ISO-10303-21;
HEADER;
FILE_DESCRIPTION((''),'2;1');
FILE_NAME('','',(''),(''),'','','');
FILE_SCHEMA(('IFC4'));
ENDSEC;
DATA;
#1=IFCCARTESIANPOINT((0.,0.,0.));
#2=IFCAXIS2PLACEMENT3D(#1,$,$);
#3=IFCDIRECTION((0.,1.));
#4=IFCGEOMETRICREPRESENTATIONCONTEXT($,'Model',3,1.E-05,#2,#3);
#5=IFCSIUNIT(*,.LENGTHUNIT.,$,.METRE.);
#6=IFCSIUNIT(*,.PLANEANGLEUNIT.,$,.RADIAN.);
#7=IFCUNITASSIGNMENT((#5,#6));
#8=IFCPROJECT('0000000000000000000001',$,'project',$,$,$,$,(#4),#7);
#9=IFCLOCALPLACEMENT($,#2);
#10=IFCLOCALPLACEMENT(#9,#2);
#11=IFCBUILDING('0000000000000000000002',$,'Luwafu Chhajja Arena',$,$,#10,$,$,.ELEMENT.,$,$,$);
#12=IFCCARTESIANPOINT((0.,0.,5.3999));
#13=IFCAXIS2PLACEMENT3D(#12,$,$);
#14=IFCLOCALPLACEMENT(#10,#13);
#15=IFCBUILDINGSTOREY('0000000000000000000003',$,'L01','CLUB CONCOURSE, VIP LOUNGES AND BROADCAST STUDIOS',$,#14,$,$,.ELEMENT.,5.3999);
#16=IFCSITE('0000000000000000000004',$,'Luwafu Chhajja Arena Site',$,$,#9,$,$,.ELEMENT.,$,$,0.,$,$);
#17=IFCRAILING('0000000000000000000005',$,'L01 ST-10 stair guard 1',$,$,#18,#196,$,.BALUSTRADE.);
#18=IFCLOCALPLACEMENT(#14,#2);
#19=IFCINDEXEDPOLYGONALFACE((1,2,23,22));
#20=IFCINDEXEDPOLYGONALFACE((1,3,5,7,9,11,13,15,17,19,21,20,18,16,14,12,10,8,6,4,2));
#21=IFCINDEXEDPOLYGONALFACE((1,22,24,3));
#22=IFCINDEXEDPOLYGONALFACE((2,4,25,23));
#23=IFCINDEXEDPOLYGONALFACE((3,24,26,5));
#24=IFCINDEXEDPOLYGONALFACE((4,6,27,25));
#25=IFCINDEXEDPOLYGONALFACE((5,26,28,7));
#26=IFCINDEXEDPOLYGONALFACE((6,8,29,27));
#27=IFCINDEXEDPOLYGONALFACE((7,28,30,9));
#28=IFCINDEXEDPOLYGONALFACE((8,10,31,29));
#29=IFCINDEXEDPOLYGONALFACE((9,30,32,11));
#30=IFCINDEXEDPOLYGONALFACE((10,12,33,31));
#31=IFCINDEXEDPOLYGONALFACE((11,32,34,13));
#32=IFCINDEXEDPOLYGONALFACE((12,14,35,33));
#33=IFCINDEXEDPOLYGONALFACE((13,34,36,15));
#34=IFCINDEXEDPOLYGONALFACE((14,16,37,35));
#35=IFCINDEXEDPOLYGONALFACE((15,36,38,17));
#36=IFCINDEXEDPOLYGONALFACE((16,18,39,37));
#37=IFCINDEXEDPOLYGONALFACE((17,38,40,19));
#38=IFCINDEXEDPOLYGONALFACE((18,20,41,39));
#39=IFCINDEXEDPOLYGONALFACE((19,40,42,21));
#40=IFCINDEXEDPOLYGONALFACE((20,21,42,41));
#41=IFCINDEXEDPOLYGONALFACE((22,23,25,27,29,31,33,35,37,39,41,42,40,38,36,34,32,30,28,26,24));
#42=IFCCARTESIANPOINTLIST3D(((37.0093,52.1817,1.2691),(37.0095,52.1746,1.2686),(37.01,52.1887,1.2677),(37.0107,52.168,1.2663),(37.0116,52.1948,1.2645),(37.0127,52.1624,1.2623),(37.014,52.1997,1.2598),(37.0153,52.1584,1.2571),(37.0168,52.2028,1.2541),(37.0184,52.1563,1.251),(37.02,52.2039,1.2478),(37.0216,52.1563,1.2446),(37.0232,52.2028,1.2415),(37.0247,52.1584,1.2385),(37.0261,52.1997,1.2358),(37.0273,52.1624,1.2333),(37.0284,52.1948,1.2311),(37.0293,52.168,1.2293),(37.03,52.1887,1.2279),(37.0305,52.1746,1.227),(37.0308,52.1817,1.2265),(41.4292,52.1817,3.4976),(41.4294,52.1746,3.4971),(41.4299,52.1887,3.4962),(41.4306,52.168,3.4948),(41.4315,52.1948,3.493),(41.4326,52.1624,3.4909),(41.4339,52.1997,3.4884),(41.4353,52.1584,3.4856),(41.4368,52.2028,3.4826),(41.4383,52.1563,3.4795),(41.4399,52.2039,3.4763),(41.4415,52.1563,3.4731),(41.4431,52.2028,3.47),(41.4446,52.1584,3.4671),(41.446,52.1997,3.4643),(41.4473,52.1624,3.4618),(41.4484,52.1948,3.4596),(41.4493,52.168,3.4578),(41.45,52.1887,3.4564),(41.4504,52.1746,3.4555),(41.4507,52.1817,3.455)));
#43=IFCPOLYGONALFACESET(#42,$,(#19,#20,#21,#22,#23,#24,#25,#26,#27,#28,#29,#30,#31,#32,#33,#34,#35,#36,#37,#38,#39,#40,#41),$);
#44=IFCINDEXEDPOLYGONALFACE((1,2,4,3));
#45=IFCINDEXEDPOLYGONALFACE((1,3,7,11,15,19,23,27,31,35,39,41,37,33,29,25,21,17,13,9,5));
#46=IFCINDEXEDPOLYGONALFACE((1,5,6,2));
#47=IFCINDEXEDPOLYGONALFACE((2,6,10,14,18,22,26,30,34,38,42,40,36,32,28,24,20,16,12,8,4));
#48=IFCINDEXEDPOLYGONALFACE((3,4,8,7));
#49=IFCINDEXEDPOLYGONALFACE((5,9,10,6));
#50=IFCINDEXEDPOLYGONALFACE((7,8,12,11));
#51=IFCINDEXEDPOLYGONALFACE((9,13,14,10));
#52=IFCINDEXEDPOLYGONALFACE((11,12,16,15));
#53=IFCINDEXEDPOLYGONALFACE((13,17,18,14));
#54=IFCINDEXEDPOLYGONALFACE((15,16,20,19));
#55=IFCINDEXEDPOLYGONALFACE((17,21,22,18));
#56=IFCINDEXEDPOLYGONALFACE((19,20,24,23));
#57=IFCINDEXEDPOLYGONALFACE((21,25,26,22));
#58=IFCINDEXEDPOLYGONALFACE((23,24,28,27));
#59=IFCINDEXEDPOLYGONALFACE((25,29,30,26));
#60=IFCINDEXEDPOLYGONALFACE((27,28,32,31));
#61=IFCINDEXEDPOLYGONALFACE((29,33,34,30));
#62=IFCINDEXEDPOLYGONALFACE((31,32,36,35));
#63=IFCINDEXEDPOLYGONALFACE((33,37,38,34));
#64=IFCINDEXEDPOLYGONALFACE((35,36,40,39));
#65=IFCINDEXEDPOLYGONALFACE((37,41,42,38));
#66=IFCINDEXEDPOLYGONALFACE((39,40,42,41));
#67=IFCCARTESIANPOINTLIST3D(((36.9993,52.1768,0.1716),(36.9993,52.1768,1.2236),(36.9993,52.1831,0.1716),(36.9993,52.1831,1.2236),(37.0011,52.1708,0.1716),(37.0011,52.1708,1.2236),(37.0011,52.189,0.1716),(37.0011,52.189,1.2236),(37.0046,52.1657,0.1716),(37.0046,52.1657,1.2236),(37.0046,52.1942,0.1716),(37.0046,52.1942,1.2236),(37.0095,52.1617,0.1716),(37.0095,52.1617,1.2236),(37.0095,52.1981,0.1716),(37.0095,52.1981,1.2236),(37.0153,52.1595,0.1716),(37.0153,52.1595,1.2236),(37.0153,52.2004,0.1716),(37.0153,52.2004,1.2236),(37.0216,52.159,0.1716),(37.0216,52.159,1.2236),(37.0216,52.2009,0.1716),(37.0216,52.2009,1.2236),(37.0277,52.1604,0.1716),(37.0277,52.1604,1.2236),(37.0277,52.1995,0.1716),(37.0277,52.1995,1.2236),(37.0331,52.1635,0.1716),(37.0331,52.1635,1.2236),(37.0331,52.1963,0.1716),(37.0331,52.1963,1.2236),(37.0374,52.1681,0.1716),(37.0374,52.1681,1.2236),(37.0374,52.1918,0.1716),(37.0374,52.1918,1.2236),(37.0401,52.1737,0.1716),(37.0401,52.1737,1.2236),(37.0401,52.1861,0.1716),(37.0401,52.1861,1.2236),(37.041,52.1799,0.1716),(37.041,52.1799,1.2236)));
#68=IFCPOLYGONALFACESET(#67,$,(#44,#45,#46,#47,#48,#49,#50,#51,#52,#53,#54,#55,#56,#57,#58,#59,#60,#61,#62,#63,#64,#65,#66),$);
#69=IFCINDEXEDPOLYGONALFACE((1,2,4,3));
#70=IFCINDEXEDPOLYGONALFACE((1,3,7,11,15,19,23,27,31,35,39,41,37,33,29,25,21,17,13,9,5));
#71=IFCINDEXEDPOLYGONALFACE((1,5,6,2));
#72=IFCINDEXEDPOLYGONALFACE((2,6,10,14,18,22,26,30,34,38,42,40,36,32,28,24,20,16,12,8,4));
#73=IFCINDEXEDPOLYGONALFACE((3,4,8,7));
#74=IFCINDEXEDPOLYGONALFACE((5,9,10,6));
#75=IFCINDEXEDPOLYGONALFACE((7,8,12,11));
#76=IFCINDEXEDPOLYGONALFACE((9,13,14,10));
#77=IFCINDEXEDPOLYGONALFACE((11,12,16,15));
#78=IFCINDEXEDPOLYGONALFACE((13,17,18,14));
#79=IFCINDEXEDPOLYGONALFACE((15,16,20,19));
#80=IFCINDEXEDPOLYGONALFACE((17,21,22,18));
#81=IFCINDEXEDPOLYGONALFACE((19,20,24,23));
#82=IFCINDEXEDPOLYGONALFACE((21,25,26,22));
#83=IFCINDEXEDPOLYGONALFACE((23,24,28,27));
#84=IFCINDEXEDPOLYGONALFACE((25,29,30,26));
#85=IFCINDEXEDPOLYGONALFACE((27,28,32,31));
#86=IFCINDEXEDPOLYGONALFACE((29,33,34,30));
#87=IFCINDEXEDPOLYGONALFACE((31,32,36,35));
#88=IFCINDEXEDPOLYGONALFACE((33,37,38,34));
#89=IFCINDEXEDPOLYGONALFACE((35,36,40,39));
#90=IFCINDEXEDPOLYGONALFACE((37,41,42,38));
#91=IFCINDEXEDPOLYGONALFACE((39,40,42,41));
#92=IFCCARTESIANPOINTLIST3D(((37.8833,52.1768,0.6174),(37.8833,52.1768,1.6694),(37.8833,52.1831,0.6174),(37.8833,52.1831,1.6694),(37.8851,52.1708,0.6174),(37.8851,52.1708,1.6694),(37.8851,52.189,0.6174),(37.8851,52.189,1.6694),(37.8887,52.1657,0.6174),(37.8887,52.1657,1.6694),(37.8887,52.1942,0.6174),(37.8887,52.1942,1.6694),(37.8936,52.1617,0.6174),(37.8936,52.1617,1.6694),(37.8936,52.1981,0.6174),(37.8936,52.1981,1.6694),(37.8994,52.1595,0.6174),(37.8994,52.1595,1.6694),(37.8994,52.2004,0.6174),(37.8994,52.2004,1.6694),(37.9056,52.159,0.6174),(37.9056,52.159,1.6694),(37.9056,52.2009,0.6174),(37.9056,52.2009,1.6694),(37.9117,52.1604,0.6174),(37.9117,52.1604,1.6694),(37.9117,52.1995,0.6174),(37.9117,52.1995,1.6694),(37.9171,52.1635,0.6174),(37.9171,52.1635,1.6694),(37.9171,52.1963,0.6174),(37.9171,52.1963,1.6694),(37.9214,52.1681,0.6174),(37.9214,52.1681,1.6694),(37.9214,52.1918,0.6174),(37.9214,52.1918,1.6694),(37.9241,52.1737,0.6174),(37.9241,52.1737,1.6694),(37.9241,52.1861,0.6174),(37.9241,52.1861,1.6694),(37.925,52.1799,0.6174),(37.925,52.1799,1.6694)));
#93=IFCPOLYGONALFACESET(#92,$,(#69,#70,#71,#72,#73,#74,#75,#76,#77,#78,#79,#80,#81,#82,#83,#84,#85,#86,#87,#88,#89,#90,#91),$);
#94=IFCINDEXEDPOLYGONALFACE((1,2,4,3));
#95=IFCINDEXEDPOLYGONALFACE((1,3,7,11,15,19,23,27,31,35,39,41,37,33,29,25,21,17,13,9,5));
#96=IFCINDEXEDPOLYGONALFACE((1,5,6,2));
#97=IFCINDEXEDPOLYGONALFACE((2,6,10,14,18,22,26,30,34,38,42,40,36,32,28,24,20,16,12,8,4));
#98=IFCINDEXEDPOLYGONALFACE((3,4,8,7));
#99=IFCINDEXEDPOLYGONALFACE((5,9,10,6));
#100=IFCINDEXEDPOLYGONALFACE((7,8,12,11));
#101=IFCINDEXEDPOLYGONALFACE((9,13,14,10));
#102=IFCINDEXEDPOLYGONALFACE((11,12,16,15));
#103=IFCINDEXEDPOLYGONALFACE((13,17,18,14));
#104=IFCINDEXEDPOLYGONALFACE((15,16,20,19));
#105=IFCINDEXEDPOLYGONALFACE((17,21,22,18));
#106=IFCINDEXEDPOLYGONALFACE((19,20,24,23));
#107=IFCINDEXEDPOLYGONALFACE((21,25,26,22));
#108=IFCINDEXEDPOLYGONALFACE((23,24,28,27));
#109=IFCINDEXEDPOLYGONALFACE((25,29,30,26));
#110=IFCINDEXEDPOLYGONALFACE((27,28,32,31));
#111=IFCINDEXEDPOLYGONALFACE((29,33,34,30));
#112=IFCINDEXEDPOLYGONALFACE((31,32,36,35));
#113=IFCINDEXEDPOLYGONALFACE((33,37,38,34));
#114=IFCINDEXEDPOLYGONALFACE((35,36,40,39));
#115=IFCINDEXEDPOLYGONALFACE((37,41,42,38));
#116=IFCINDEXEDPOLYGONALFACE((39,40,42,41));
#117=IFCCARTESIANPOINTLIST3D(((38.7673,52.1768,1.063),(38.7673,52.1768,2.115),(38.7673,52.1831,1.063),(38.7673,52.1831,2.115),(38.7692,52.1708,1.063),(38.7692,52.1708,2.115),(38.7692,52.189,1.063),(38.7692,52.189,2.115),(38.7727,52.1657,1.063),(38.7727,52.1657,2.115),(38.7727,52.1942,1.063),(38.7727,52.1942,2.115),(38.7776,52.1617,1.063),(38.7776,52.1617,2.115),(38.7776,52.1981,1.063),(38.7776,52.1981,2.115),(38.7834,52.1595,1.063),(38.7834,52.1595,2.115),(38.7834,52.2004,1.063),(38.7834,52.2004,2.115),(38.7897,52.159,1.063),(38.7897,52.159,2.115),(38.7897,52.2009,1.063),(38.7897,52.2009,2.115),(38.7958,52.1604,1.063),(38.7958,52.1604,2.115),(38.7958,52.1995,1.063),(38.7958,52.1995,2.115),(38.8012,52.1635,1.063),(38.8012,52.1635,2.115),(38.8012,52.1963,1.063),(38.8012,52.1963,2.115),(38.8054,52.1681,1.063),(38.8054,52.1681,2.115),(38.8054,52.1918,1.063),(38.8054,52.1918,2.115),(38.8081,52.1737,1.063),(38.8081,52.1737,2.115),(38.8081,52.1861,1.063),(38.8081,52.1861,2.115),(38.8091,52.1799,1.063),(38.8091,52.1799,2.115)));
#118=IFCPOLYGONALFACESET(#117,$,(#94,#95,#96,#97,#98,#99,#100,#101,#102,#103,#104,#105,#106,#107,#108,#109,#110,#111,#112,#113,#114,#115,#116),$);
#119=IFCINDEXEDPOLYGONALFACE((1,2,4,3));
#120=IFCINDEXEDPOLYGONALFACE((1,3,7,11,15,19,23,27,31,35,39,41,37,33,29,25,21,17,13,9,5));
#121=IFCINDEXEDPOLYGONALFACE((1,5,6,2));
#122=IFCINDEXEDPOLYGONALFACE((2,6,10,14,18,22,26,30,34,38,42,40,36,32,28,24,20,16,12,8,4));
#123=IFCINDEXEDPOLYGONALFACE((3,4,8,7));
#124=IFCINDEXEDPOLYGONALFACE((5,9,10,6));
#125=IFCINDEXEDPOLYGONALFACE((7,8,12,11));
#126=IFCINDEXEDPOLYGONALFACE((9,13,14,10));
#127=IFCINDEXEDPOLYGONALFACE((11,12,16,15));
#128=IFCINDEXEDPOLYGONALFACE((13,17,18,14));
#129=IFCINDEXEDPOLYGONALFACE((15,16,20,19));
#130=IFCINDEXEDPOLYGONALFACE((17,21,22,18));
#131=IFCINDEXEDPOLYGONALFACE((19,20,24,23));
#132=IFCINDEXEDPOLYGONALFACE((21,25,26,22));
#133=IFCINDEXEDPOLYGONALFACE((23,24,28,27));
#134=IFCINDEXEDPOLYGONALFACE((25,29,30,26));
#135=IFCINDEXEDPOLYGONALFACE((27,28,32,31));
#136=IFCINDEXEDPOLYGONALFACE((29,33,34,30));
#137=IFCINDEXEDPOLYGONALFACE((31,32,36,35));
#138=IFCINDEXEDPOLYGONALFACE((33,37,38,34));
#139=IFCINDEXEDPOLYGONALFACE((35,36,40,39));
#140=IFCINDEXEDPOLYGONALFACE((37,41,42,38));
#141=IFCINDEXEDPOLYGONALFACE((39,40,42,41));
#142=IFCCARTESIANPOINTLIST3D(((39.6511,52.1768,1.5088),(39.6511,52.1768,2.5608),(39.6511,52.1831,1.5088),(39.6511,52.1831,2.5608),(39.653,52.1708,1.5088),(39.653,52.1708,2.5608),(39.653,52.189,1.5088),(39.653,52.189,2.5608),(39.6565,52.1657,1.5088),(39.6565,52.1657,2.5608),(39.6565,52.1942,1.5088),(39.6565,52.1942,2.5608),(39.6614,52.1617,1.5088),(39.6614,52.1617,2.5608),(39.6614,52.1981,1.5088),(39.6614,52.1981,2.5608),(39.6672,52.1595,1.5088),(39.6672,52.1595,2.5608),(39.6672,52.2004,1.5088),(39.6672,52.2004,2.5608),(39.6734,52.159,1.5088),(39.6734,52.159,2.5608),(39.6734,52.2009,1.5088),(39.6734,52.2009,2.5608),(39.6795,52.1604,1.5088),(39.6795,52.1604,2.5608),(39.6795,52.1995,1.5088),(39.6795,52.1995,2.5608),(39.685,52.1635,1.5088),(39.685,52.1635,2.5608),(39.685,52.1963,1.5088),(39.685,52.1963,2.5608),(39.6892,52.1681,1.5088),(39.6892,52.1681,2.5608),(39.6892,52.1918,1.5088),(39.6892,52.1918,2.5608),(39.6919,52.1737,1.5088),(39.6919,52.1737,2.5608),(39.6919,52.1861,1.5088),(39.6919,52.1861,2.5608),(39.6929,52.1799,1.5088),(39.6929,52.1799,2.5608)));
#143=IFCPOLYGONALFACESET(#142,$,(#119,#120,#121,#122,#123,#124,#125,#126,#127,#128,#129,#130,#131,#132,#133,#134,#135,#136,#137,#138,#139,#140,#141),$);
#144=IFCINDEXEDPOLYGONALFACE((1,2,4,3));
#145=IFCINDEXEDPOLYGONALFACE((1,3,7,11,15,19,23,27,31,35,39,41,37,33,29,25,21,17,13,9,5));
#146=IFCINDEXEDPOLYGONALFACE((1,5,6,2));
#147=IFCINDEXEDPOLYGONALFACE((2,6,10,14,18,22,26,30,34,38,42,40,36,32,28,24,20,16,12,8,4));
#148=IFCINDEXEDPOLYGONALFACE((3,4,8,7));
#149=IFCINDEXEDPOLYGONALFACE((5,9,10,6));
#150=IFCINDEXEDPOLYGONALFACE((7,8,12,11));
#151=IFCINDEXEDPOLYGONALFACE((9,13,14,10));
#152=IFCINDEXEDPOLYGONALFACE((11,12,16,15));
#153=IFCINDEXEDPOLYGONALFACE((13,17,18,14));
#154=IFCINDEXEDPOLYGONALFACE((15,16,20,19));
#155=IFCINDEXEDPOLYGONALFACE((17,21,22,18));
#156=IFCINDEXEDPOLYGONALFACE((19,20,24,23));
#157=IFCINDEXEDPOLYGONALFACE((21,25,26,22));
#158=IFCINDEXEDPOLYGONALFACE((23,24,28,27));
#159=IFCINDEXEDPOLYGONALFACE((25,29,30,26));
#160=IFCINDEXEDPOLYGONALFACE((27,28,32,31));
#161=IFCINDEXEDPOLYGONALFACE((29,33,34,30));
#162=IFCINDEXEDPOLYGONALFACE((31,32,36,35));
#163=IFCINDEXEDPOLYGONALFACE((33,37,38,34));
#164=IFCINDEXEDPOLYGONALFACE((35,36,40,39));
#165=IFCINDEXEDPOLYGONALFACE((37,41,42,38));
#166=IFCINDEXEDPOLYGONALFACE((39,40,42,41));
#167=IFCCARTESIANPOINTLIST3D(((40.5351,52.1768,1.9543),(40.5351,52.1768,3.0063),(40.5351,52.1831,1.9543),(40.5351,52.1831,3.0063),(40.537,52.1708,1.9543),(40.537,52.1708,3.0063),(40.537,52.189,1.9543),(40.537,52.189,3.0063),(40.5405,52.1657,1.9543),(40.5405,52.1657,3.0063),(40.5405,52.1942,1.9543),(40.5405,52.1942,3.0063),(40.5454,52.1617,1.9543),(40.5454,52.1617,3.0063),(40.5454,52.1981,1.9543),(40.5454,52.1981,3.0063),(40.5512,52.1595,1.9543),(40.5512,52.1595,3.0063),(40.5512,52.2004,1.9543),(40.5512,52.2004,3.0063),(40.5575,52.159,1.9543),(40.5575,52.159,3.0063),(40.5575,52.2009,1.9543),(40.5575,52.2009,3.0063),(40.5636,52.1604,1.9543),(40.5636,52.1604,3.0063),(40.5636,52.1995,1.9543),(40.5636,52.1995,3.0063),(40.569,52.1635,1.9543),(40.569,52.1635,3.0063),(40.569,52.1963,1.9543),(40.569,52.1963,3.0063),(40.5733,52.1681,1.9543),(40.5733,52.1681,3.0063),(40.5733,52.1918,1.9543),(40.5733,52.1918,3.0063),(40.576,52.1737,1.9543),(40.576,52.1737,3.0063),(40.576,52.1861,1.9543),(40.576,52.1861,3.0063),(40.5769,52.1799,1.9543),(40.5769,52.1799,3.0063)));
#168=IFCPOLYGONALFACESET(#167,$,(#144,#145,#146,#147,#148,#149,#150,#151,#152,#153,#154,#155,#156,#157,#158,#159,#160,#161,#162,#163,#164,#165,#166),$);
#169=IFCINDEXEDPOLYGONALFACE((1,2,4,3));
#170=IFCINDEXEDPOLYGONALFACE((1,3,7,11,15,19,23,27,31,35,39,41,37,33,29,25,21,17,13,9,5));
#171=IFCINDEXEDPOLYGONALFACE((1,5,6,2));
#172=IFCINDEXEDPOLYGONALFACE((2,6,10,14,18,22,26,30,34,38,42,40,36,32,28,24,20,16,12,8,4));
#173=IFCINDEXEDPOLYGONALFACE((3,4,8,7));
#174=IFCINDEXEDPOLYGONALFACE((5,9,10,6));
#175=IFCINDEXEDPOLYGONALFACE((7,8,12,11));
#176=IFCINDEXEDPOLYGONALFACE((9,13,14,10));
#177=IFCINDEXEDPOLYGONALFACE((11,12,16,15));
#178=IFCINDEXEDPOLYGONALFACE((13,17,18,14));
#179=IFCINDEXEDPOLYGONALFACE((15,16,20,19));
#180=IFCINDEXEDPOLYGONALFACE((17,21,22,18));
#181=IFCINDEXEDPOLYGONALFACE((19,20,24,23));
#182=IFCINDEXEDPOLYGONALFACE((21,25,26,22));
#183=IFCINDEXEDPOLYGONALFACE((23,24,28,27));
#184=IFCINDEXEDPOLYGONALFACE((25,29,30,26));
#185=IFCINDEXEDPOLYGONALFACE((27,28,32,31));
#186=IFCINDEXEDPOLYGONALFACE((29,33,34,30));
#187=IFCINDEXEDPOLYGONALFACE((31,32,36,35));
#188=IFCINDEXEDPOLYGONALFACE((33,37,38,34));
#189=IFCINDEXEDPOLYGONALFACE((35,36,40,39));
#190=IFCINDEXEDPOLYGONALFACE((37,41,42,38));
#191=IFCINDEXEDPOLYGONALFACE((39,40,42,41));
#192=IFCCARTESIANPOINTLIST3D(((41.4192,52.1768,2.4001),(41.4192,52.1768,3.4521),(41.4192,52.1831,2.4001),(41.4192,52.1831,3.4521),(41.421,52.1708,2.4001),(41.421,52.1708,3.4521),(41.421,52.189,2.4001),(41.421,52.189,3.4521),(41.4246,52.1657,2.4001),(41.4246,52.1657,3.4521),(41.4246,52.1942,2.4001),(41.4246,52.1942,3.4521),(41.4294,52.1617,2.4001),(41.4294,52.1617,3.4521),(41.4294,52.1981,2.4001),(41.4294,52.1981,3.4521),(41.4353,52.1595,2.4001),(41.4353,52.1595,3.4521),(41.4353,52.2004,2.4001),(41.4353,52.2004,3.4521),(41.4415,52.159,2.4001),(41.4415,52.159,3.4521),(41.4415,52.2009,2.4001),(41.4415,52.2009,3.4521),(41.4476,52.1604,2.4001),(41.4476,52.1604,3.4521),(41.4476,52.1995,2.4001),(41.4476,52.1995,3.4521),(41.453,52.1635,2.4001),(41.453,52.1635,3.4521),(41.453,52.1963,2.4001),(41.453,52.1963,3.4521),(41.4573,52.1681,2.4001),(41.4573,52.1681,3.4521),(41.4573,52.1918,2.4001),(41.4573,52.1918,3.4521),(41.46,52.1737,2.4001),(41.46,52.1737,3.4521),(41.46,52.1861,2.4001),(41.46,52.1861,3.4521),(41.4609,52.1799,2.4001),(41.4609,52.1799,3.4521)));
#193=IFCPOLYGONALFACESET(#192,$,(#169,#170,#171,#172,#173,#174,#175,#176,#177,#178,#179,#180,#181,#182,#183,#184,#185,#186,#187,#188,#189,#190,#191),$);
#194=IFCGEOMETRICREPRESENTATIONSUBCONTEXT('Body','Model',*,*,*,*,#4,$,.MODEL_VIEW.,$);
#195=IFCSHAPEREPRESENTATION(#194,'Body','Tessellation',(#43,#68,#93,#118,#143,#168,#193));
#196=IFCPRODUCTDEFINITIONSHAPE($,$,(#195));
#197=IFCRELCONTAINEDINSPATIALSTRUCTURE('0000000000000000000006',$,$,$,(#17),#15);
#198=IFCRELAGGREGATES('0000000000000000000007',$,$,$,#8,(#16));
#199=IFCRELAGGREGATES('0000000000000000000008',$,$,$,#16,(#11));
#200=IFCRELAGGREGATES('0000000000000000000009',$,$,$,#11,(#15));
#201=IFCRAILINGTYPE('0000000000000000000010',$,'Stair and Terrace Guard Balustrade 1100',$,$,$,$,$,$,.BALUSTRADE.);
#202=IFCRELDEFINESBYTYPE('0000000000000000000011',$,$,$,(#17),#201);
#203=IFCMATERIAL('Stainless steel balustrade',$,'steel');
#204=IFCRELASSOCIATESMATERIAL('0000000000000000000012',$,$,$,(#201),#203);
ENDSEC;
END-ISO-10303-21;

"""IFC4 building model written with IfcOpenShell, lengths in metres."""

from ifc_helpers import new_model, si_unit, direction, frame, origin, origin_2d, place, context, subcontext, project, spatial, circle, extrude, material, type_object, element, save


model = new_model("IFC4")

# Units and contexts
model_context = context("Model", 3, precision=1e-05, world=origin(), true_north=direction((0.0, 1.0)))
body_context = subcontext(model_context, "Body", "Model", "MODEL_VIEW")
ifc_project = project(units=[si_unit("LENGTHUNIT", "METRE"), si_unit("PLANEANGLEUNIT", "RADIAN")], contexts=[model_context])

# Site, building, storey
site_placement = place(None, origin())
site = spatial("IfcSite", under=ifc_project, at=site_placement, Name="Luwafu Chhajja Arena Site", CompositionType="ELEMENT", RefElevation=0.0)
building_placement = place(site_placement, origin())
building = spatial("IfcBuilding", under=site, at=building_placement, Name="Luwafu Chhajja Arena", CompositionType="ELEMENT")
storey_placement = place(building_placement, frame((0.0, 0.0, 5.3999)))
storey = spatial("IfcBuildingStorey", under=building, at=storey_placement, Name="L01", Description="CLUB CONCOURSE, VIP LOUNGES AND BROADCAST STUDIOS", CompositionType="ELEMENT", Elevation=5.3999)

# Railing
ifc_material_1 = material(Name="Stainless steel balustrade", Category="steel")
railing_type_1 = type_object("IfcRailingType", Name="Stair and Terrace Guard Balustrade 1100", PredefinedType="BALUSTRADE", material=ifc_material_1)
railing_1_placement = place(storey_placement, frame((37.02, 52.1799, 0.1716)))
element("IfcRailing", 1, at=railing_1_placement, inside=storey, type_object=railing_type_1, Name="L01 ST-10 stair guard 1", PredefinedType="BALUSTRADE", context=body_context, shape_type="SweptSolid", body=[
    extrude(circle(Radius=0.0239, at=origin_2d()), frame((0.0, 0.0, 1.0762), z_axis=(0.892923, 0.0, 0.45021), x_axis=(0.0, 1.0, 0.0)), (0.0, 0.0, 1.0), 4.95),
    extrude(circle(Radius=0.021, at=origin_2d()), origin(), (0.0, 0.0, 1.0), 1.052),
    extrude(circle(Radius=0.021, at=origin_2d()), frame((0.884, 0.0, 0.4458)), (0.0, 0.0, 1.0), 1.052),
    extrude(circle(Radius=0.021, at=origin_2d()), frame((1.7681, 0.0, 0.8914)), (0.0, 0.0, 1.0), 1.052),
    extrude(circle(Radius=0.021, at=origin_2d()), frame((2.6519, 0.0, 1.3372)), (0.0, 0.0, 1.0), 1.052),
    extrude(circle(Radius=0.021, at=origin_2d()), frame((3.5359, 0.0, 1.7827)), (0.0, 0.0, 1.0), 1.052),
    extrude(circle(Radius=0.021, at=origin_2d()), frame((4.4199, 0.0, 2.2285)), (0.0, 0.0, 1.0), 1.052),
])

save(model, "model.ifc")
